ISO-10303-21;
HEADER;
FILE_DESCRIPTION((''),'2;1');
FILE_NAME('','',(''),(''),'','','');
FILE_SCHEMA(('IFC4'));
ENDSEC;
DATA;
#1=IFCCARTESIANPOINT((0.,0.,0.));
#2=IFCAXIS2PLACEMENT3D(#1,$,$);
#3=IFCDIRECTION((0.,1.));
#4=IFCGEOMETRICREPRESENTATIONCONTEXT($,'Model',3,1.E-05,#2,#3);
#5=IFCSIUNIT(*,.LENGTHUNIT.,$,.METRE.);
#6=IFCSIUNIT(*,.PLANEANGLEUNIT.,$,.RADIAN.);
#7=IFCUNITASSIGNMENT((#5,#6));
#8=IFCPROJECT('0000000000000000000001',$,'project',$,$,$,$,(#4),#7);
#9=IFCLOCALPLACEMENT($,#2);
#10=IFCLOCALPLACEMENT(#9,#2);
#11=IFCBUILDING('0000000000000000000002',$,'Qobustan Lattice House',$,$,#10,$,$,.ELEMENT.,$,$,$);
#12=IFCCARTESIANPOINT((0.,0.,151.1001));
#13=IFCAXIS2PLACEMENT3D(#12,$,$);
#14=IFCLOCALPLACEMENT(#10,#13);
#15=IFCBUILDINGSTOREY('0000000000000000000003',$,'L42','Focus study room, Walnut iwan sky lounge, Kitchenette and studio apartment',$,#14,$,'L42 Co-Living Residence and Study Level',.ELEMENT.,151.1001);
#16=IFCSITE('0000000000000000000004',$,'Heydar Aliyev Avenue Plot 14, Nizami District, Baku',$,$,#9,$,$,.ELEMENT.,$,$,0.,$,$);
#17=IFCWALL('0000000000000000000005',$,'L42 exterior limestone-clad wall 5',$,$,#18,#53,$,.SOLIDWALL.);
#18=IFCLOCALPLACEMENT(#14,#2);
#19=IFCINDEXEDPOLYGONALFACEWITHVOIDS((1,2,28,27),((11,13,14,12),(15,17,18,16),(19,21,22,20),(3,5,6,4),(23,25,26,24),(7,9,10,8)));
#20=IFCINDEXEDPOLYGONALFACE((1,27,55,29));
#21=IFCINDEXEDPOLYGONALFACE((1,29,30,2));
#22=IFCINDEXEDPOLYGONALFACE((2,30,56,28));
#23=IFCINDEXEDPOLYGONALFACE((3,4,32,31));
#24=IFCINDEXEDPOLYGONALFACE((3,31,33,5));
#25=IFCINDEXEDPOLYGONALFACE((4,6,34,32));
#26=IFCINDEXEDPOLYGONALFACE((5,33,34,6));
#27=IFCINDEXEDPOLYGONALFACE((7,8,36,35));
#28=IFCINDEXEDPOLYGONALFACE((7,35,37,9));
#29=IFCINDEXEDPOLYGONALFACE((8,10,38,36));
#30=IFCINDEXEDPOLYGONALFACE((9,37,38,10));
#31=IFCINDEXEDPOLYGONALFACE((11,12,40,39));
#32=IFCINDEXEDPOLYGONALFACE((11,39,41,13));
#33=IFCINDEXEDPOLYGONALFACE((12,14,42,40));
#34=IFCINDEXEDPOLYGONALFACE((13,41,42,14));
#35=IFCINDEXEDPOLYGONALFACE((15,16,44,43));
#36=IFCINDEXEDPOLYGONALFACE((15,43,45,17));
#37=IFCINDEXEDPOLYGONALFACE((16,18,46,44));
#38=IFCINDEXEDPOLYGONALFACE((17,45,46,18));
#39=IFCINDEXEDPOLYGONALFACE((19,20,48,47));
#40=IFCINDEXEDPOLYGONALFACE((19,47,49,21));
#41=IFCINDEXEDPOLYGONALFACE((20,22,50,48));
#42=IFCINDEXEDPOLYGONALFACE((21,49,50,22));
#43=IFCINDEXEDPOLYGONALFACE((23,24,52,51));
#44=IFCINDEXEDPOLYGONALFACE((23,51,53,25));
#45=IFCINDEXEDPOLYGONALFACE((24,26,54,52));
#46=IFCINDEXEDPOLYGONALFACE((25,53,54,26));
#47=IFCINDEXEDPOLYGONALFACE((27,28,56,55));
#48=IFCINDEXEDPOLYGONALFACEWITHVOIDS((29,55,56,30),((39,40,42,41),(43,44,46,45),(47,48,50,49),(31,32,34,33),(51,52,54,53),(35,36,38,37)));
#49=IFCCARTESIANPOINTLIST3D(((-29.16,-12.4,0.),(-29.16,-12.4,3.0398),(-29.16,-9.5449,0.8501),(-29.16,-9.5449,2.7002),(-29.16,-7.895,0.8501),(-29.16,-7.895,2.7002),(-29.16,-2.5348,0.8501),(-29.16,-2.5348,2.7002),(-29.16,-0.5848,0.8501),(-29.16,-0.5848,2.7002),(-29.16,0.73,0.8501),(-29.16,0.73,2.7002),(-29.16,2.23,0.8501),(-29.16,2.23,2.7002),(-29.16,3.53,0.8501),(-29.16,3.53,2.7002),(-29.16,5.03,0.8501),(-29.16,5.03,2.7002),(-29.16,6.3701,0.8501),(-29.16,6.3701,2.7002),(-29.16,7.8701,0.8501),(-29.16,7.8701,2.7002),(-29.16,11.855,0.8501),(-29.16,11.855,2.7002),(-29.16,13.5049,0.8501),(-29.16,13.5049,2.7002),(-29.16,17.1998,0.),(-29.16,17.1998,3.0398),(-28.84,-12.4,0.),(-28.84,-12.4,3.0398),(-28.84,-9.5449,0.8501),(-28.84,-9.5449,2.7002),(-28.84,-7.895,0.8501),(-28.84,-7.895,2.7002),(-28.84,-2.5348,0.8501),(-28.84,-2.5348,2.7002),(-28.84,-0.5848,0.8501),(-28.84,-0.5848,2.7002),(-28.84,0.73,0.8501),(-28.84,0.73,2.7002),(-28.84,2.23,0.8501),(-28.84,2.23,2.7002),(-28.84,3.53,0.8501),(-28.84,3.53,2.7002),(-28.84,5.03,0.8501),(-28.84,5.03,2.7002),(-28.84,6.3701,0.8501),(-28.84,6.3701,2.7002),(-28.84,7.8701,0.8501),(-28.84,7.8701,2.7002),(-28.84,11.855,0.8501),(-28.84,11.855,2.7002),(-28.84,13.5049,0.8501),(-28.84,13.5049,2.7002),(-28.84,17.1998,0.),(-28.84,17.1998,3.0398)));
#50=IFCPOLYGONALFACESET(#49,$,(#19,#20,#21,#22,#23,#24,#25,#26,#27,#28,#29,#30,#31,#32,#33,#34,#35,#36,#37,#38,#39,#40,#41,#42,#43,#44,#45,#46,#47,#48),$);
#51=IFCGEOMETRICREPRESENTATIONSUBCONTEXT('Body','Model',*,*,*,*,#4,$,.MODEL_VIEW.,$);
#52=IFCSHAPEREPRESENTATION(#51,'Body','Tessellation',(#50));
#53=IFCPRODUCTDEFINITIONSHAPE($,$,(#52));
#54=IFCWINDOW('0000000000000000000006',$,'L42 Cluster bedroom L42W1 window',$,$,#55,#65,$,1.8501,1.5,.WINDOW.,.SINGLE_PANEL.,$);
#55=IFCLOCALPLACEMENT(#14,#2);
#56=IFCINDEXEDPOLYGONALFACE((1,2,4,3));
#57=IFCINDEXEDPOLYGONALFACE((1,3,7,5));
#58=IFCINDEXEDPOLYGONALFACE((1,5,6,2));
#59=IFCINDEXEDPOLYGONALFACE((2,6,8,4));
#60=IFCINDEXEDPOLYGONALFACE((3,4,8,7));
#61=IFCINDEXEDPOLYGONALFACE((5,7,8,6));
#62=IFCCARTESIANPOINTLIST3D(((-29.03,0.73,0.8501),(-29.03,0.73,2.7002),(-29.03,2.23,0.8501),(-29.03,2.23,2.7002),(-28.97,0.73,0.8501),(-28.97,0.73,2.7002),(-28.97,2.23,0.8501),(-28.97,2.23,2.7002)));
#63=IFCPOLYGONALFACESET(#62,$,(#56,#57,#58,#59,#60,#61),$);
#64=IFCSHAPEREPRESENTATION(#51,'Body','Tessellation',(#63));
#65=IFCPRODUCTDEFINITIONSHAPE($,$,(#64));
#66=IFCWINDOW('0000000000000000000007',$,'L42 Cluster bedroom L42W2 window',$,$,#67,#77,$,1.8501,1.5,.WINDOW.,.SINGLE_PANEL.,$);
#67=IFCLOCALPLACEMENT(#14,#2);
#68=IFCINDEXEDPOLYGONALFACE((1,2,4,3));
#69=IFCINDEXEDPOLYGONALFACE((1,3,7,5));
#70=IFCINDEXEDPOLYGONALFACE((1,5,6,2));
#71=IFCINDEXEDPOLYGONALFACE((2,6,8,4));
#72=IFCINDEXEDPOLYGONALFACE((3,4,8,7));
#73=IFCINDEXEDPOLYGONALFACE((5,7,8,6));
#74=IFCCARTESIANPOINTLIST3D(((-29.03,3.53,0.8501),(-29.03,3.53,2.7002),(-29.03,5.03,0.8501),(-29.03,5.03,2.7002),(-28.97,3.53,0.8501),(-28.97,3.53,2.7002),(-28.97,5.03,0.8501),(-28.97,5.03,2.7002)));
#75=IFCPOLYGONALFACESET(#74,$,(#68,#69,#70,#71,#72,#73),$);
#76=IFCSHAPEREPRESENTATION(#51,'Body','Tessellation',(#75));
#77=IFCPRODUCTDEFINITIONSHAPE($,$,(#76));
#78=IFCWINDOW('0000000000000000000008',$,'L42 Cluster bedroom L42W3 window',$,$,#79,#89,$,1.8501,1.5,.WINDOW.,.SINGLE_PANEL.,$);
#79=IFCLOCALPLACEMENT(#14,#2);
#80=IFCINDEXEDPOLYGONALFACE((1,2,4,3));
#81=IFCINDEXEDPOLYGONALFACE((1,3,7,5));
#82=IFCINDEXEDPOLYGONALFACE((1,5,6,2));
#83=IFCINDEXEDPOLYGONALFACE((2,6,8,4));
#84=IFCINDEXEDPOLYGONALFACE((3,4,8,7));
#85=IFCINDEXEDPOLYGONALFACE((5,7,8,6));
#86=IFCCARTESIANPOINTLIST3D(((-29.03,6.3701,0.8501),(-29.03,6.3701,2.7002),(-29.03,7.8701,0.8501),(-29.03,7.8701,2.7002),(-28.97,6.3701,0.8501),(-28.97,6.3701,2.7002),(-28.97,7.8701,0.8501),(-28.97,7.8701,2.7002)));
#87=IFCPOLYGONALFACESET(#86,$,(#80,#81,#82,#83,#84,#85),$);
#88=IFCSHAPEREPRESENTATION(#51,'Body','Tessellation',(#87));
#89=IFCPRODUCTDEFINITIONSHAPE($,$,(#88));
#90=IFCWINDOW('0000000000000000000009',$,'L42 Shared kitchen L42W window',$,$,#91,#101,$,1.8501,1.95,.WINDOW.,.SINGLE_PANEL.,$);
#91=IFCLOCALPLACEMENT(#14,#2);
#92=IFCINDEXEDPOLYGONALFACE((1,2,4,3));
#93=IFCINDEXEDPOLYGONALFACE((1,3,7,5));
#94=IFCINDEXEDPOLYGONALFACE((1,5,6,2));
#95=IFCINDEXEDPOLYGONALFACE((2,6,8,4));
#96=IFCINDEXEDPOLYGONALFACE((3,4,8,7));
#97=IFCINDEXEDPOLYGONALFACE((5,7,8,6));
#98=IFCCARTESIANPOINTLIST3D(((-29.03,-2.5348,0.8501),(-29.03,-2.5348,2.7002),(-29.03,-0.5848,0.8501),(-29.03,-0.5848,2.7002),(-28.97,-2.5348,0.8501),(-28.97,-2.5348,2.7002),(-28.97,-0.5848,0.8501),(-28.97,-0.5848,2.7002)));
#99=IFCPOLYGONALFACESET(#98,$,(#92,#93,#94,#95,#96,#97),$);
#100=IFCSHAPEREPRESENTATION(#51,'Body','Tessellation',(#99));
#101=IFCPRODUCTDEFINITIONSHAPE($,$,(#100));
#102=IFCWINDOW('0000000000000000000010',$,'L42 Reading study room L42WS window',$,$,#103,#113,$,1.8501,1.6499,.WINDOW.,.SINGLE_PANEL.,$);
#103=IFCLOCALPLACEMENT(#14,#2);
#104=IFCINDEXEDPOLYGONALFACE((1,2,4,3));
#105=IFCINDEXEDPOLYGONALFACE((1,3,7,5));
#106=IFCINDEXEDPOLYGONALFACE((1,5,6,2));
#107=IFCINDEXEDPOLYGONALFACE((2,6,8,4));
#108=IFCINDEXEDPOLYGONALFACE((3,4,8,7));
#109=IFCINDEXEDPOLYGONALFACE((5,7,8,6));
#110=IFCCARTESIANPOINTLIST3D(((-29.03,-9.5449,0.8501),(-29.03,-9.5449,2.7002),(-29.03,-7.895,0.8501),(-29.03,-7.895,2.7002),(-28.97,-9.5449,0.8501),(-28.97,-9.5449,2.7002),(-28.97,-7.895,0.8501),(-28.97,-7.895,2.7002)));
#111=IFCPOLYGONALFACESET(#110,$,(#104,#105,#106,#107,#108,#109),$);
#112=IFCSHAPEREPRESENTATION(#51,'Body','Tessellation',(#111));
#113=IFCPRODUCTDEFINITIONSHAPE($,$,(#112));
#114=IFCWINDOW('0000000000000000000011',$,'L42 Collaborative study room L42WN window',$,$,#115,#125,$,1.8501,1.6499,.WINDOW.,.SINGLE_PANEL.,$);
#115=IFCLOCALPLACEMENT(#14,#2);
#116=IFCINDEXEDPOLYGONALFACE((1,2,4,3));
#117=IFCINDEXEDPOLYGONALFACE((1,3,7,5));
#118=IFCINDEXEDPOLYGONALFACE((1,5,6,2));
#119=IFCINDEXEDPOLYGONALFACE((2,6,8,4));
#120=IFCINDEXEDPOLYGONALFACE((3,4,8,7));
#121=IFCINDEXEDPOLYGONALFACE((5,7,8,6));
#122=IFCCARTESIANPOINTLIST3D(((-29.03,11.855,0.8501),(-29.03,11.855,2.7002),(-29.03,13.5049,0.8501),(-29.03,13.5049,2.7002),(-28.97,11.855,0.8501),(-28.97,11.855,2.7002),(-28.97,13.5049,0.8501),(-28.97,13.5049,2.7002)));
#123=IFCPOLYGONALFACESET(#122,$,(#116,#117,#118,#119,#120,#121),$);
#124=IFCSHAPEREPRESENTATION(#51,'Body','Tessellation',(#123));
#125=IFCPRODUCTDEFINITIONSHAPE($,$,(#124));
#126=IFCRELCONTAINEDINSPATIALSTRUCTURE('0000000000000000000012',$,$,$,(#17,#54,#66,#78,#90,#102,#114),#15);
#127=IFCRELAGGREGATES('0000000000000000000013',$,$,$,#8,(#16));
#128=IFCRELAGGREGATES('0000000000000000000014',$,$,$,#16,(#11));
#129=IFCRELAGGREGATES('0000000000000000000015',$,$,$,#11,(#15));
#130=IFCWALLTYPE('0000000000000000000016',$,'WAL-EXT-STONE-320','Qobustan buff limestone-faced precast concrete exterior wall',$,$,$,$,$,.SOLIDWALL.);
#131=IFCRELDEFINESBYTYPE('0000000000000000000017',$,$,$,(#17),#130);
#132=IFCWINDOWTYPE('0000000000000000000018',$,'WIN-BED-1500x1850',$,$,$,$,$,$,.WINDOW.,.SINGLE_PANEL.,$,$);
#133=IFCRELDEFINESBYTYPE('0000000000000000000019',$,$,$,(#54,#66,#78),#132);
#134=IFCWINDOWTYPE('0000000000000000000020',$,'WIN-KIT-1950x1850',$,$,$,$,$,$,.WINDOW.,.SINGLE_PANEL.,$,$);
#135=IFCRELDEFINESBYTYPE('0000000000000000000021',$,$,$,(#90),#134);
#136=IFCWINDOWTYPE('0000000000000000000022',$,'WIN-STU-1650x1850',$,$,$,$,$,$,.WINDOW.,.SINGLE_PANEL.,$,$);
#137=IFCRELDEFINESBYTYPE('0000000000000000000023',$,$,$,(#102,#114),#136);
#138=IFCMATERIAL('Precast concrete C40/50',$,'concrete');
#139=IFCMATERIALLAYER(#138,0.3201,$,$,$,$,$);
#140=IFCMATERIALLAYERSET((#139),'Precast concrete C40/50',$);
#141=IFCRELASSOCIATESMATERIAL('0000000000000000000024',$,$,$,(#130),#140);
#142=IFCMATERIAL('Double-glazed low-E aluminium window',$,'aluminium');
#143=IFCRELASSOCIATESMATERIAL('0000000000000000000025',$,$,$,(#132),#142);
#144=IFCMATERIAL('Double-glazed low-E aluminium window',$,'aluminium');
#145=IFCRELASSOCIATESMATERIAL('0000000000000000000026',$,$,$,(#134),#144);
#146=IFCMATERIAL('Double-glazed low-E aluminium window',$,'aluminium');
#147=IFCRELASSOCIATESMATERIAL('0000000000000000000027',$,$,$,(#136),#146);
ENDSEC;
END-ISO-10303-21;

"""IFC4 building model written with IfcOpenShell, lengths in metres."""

from ifc_helpers import new_model, si_unit, direction, frame, frame_2d, origin, place, context, subcontext, project, spatial, rectangle, extrude, material, layer, layer_set, type_object, element, fill, save


model = new_model("IFC4")

# Units and contexts
model_context = context("Model", 3, precision=1e-05, world=origin(), true_north=direction((0.0, 1.0)))
body_context = subcontext(model_context, "Body", "Model", "MODEL_VIEW")
ifc_project = project(units=[si_unit("LENGTHUNIT", "METRE"), si_unit("PLANEANGLEUNIT", "RADIAN")], contexts=[model_context])

# Site, building, storey
site_placement = place(None, origin())
site = spatial("IfcSite", under=ifc_project, at=site_placement, Name="Heydar Aliyev Avenue Plot 14, Nizami District, Baku", CompositionType="ELEMENT", RefElevation=0.0)
building_placement = place(site_placement, origin())
building = spatial("IfcBuilding", under=site, at=building_placement, Name="Qobustan Lattice House", CompositionType="ELEMENT")
storey_placement = place(building_placement, frame((0.0, 0.0, 151.1001)))
storey = spatial("IfcBuildingStorey", under=building, at=storey_placement, Name="L42", Description="Focus study room, Walnut iwan sky lounge, Kitchenette and studio apartment", LongName="L42 Co-Living Residence and Study Level", CompositionType="ELEMENT", Elevation=151.1001)

# Shared definitions
ifc_material_1 = material(Name="Precast concrete C40/50", Category="concrete")
ifc_layer_1 = layer(ifc_material_1, 0.3201)
ifc_layer_set_1 = layer_set([ifc_layer_1], Name="Precast concrete C40/50")
wall_type = type_object("IfcWallType", Name="WAL-EXT-STONE-320", Description="Qobustan buff limestone-faced precast concrete exterior wall", PredefinedType="SOLIDWALL", material=ifc_layer_set_1)

# Wall, openings, windows
wall_1_placement = place(storey_placement, frame((-29.0, -12.3999, 0.0), z_axis=(0.0, 0.0, 1.0), x_axis=(0.0, 1.0, 0.0)))
wall_1 = element("IfcWall", 1, at=wall_1_placement, inside=storey, type_object=wall_type, Name="L42 exterior limestone-clad wall 5", PredefinedType="SOLIDWALL", context=body_context, shape_type="SweptSolid", body=[
    extrude(rectangle(XDim=29.5999, YDim=0.3201, at=frame_2d((14.7998, 0.0))), origin(), (0.0, 0.0, 1.0), 3.0398),
])
opening_1_placement = place(wall_1_placement, frame((2.855, 0.0, 0.8501)))
opening_1 = element("IfcOpeningElement", 2, at=opening_1_placement, cuts=wall_1, PredefinedType="OPENING", context=body_context, shape_type="SweptSolid", body=[
    extrude(rectangle(XDim=1.6499, YDim=1.8501, at=frame_2d((0.825, 0.925))), frame((0.0, 0.1699, 0.0), z_axis=(0.0, -1.0, 0.0), x_axis=(1.0, 0.0, 0.0)), (0.0, 0.0, 1.0), 0.3401),
])
opening_2_placement = place(wall_1_placement, frame((9.865, 0.0, 0.8501)))
opening_2 = element("IfcOpeningElement", 3, at=opening_2_placement, cuts=wall_1, PredefinedType="OPENING", context=body_context, shape_type="SweptSolid", body=[
    extrude(rectangle(XDim=1.95, YDim=1.8501, at=frame_2d((0.9751, 0.925))), frame((0.0, 0.1699, 0.0), z_axis=(0.0, -1.0, 0.0), x_axis=(1.0, 0.0, 0.0)), (0.0, 0.0, 1.0), 0.3401),
])
opening_3_placement = place(wall_1_placement, frame((13.1299, 0.0, 0.8501)))
opening_3 = element("IfcOpeningElement", 4, at=opening_3_placement, cuts=wall_1, PredefinedType="OPENING", context=body_context, shape_type="SweptSolid", body=[
    extrude(rectangle(XDim=1.5, YDim=1.8501, at=frame_2d((0.75, 0.925))), frame((0.0, 0.1699, 0.0), z_axis=(0.0, -1.0, 0.0), x_axis=(1.0, 0.0, 0.0)), (0.0, 0.0, 1.0), 0.3401),
])
opening_4_placement = place(wall_1_placement, frame((15.9299, 0.0, 0.8501)))
opening_4 = element("IfcOpeningElement", 5, at=opening_4_placement, cuts=wall_1, PredefinedType="OPENING", context=body_context, shape_type="SweptSolid", body=[
    extrude(rectangle(XDim=1.5, YDim=1.8501, at=frame_2d((0.75, 0.925))), frame((0.0, 0.1699, 0.0), z_axis=(0.0, -1.0, 0.0), x_axis=(1.0, 0.0, 0.0)), (0.0, 0.0, 1.0), 0.3401),
])
opening_5_placement = place(wall_1_placement, frame((18.77, 0.0, 0.8501)))
opening_5 = element("IfcOpeningElement", 6, at=opening_5_placement, cuts=wall_1, PredefinedType="OPENING", context=body_context, shape_type="SweptSolid", body=[
    extrude(rectangle(XDim=1.5, YDim=1.8501, at=frame_2d((0.75, 0.925))), frame((0.0, 0.1699, 0.0), z_axis=(0.0, -1.0, 0.0), x_axis=(1.0, 0.0, 0.0)), (0.0, 0.0, 1.0), 0.3401),
])
opening_6_placement = place(wall_1_placement, frame((24.2549, 0.0, 0.8501)))
opening_6 = element("IfcOpeningElement", 7, at=opening_6_placement, cuts=wall_1, PredefinedType="OPENING", context=body_context, shape_type="SweptSolid", body=[
    extrude(rectangle(XDim=1.6499, YDim=1.8501, at=frame_2d((0.825, 0.925))), frame((0.0, 0.1699, 0.0), z_axis=(0.0, -1.0, 0.0), x_axis=(1.0, 0.0, 0.0)), (0.0, 0.0, 1.0), 0.3401),
])
ifc_material_2 = material(Name="Double-glazed low-E aluminium window", Category="aluminium")
window_type_1 = type_object("IfcWindowType", Name="WIN-BED-1500x1850", PartitioningType="SINGLE_PANEL", PredefinedType="WINDOW", material=ifc_material_2)
window_1_placement = place(opening_3_placement, origin())
window_1 = element("IfcWindow", 8, at=window_1_placement, inside=storey, type_object=window_type_1, Name="L42 Cluster bedroom L42W1 window", OverallHeight=1.8501, OverallWidth=1.5, PartitioningType="SINGLE_PANEL", PredefinedType="WINDOW", context=body_context, shape_type="SweptSolid", body=[
    extrude(rectangle(XDim=1.5, YDim=1.8501, at=frame_2d((0.75, 0.925))), frame((0.0, 0.03, 0.0), z_axis=(0.0, -1.0, 0.0), x_axis=(1.0, 0.0, 0.0)), (0.0, 0.0, 1.0), 0.0601),
])
fill(opening_3, window_1)
window_2_placement = place(opening_4_placement, origin())
window_2 = element("IfcWindow", 9, at=window_2_placement, inside=storey, type_object=window_type_1, Name="L42 Cluster bedroom L42W2 window", OverallHeight=1.8501, OverallWidth=1.5, PartitioningType="SINGLE_PANEL", PredefinedType="WINDOW", context=body_context, shape_type="SweptSolid", body=[
    extrude(rectangle(XDim=1.5, YDim=1.8501, at=frame_2d((0.75, 0.925))), frame((0.0, 0.03, 0.0), z_axis=(0.0, -1.0, 0.0), x_axis=(1.0, 0.0, 0.0)), (0.0, 0.0, 1.0), 0.0601),
])
fill(opening_4, window_2)
window_3_placement = place(opening_5_placement, origin())
window_3 = element("IfcWindow", 10, at=window_3_placement, inside=storey, type_object=window_type_1, Name="L42 Cluster bedroom L42W3 window", OverallHeight=1.8501, OverallWidth=1.5, PartitioningType="SINGLE_PANEL", PredefinedType="WINDOW", context=body_context, shape_type="SweptSolid", body=[
    extrude(rectangle(XDim=1.5, YDim=1.8501, at=frame_2d((0.75, 0.925))), frame((0.0, 0.03, 0.0), z_axis=(0.0, -1.0, 0.0), x_axis=(1.0, 0.0, 0.0)), (0.0, 0.0, 1.0), 0.0601),
])
fill(opening_5, window_3)
ifc_material_3 = material(Name="Double-glazed low-E aluminium window", Category="aluminium")
window_type_2 = type_object("IfcWindowType", Name="WIN-KIT-1950x1850", PartitioningType="SINGLE_PANEL", PredefinedType="WINDOW", material=ifc_material_3)
window_4_placement = place(opening_2_placement, origin())
window_4 = element("IfcWindow", 11, at=window_4_placement, inside=storey, type_object=window_type_2, Name="L42 Shared kitchen L42W window", OverallHeight=1.8501, OverallWidth=1.95, PartitioningType="SINGLE_PANEL", PredefinedType="WINDOW", context=body_context, shape_type="SweptSolid", body=[
    extrude(rectangle(XDim=1.95, YDim=1.8501, at=frame_2d((0.9751, 0.925))), frame((0.0, 0.03, 0.0), z_axis=(0.0, -1.0, 0.0), x_axis=(1.0, 0.0, 0.0)), (0.0, 0.0, 1.0), 0.0601),
])
fill(opening_2, window_4)
ifc_material_4 = material(Name="Double-glazed low-E aluminium window", Category="aluminium")
window_type_3 = type_object("IfcWindowType", Name="WIN-STU-1650x1850", PartitioningType="SINGLE_PANEL", PredefinedType="WINDOW", material=ifc_material_4)
window_5_placement = place(opening_1_placement, origin())
window_5 = element("IfcWindow", 12, at=window_5_placement, inside=storey, type_object=window_type_3, Name="L42 Reading study room L42WS window", OverallHeight=1.8501, OverallWidth=1.6499, PartitioningType="SINGLE_PANEL", PredefinedType="WINDOW", context=body_context, shape_type="SweptSolid", body=[
    extrude(rectangle(XDim=1.6499, YDim=1.8501, at=frame_2d((0.825, 0.925))), frame((0.0, 0.03, 0.0), z_axis=(0.0, -1.0, 0.0), x_axis=(1.0, 0.0, 0.0)), (0.0, 0.0, 1.0), 0.0601),
])
fill(opening_1, window_5)
window_6_placement = place(opening_6_placement, origin())
window_6 = element("IfcWindow", 13, at=window_6_placement, inside=storey, type_object=window_type_3, Name="L42 Collaborative study room L42WN window", OverallHeight=1.8501, OverallWidth=1.6499, PartitioningType="SINGLE_PANEL", PredefinedType="WINDOW", context=body_context, shape_type="SweptSolid", body=[
    extrude(rectangle(XDim=1.6499, YDim=1.8501, at=frame_2d((0.825, 0.925))), frame((0.0, 0.03, 0.0), z_axis=(0.0, -1.0, 0.0), x_axis=(1.0, 0.0, 0.0)), (0.0, 0.0, 1.0), 0.0601),
])
fill(opening_6, window_6)

save(model, "model.ifc")
